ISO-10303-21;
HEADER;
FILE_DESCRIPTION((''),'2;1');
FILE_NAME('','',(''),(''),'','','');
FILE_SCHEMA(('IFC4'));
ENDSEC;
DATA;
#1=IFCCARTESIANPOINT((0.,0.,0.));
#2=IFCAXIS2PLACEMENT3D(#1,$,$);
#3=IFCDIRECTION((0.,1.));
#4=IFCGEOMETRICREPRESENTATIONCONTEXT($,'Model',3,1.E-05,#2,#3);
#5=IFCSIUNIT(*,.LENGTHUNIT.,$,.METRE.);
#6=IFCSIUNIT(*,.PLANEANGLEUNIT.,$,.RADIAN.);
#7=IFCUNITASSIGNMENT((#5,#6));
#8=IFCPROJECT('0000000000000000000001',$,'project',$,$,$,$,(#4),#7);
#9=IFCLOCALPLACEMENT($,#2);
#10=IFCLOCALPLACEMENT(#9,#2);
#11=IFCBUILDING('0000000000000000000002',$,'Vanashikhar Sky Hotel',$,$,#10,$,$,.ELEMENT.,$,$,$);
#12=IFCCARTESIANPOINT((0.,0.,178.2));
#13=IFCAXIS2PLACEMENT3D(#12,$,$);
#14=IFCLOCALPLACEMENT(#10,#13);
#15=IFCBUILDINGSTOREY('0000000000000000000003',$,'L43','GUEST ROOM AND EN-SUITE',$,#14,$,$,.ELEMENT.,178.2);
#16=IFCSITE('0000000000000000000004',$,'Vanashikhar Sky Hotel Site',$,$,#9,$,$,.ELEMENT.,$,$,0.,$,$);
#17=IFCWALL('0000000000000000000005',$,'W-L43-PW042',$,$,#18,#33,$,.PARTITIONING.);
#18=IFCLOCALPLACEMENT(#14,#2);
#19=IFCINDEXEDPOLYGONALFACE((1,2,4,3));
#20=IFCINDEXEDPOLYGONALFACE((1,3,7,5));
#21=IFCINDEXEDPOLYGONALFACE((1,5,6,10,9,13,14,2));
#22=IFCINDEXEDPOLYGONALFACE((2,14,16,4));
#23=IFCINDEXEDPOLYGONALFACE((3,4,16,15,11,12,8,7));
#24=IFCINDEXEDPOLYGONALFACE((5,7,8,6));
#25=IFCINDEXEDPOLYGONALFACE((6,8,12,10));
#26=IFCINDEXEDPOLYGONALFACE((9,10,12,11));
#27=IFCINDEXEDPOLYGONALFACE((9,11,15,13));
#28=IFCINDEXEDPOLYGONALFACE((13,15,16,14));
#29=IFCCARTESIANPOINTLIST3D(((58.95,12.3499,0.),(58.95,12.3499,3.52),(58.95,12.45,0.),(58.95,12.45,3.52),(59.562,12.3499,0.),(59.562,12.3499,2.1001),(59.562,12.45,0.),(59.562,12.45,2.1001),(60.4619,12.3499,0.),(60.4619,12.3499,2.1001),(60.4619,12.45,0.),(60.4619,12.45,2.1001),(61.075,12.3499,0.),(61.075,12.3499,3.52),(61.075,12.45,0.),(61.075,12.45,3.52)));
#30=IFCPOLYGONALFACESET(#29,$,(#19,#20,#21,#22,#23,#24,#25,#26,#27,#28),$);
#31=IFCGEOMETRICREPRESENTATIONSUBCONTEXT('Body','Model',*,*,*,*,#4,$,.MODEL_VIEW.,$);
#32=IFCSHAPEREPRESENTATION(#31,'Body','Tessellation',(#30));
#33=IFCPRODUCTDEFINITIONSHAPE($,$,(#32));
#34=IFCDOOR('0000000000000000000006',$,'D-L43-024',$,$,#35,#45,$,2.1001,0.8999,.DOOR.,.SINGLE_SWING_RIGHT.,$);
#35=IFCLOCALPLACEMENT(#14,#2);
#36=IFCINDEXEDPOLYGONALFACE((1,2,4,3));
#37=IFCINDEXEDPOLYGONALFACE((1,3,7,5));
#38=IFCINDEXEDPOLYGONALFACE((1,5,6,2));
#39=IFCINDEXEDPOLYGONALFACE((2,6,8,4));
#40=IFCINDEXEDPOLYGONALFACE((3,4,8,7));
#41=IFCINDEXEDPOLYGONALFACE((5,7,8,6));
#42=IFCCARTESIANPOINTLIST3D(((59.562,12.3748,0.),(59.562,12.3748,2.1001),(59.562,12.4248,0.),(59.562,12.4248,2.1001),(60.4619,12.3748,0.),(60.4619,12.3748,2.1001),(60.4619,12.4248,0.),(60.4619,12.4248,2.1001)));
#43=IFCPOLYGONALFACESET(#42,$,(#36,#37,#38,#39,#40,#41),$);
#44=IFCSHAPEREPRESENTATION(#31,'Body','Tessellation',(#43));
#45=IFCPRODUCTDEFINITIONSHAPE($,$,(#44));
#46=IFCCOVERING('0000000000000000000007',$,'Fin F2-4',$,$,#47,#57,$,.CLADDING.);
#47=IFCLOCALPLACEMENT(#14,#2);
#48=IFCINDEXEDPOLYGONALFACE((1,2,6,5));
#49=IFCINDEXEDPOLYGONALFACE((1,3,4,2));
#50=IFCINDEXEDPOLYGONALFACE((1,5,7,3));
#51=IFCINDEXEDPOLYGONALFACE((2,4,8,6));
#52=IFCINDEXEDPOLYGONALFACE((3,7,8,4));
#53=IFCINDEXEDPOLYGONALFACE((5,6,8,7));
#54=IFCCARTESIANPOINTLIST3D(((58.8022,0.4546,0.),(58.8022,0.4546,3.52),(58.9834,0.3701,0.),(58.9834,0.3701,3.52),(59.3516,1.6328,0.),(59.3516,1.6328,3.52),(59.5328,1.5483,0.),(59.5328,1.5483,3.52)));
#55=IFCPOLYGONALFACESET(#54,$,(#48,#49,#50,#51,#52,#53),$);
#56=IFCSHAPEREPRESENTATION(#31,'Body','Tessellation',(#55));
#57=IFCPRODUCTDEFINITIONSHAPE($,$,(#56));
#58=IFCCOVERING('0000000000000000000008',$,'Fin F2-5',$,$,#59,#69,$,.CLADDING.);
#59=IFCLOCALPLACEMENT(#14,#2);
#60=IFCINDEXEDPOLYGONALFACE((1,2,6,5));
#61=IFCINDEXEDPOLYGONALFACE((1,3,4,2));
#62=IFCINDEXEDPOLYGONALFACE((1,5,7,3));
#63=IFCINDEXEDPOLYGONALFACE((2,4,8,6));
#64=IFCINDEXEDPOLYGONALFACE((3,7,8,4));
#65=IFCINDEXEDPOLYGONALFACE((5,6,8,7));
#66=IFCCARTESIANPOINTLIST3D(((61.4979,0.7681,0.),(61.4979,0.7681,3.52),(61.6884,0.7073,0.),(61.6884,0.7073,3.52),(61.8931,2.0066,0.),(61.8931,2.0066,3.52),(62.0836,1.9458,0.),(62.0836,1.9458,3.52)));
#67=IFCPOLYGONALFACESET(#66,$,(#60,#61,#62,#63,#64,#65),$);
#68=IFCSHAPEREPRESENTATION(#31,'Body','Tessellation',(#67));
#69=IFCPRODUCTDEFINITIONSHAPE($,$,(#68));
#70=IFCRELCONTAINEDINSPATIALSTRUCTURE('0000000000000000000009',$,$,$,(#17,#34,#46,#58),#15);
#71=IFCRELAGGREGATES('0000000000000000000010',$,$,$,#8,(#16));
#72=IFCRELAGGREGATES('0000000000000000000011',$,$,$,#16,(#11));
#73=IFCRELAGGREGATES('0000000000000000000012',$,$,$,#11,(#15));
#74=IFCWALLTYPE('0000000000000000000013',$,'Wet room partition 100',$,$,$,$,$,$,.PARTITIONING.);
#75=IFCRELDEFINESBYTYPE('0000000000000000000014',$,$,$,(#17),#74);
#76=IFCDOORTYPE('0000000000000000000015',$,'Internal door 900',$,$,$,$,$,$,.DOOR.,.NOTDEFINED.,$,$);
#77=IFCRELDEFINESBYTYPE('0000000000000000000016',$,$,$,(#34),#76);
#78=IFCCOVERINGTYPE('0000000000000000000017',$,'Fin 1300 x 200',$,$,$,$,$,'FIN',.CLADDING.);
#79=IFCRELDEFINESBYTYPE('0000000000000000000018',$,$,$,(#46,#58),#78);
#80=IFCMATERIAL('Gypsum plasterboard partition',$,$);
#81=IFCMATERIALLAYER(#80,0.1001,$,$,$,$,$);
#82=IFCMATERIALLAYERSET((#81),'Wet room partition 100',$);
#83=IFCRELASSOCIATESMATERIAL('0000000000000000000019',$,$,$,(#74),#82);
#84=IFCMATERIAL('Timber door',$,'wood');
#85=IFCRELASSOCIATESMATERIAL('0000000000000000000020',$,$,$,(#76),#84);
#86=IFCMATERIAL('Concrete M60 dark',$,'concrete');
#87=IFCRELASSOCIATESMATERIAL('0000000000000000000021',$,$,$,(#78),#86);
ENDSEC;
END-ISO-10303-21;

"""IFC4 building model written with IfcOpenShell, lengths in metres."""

from ifc_helpers import new_model, si_unit, direction, frame, frame_2d, origin, origin_2d, place, context, subcontext, project, spatial, rectangle, extrude, source, transform, mapped, material, layer, layer_set, material_profile, profile_set, type_object, element, fill, save


model = new_model("IFC4")

# Units and contexts
model_context = context("Model", 3, precision=1e-05, world=origin(), true_north=direction((0.0, 1.0)))
body_context = subcontext(model_context, "Body", "Model", "MODEL_VIEW")
ifc_project = project(units=[si_unit("LENGTHUNIT", "METRE"), si_unit("PLANEANGLEUNIT", "RADIAN")], contexts=[model_context])

# Site, building, storey
site_placement = place(None, origin())
site = spatial("IfcSite", under=ifc_project, at=site_placement, Name="Vanashikhar Sky Hotel Site", CompositionType="ELEMENT", RefElevation=0.0)
building_placement = place(site_placement, origin())
building = spatial("IfcBuilding", under=site, at=building_placement, Name="Vanashikhar Sky Hotel", CompositionType="ELEMENT")
storey_placement = place(building_placement, frame((0.0, 0.0, 178.2)))
storey = spatial("IfcBuildingStorey", under=building, at=storey_placement, Name="L43", Description="GUEST ROOM AND EN-SUITE", CompositionType="ELEMENT", Elevation=178.2)

# Shared definitions
ifc_material_1 = material(Name="Gypsum plasterboard partition")

# Wall, opening, door
ifc_layer_1 = layer(ifc_material_1, 0.1001)
ifc_layer_set_1 = layer_set([ifc_layer_1], Name="Wet room partition 100")
wall_type_1 = type_object("IfcWallType", Name="Wet room partition 100", PredefinedType="PARTITIONING", material=ifc_layer_set_1)
shared_shape_1 = source(origin(), body_context, "Body", "SweptSolid", [
    extrude(rectangle(XDim=2.125, YDim=0.1001, at=frame_2d((1.0625, 0.0))), origin(), (0.0, 0.0, 1.0), 3.52),
])
wall_1_placement = place(storey_placement, frame((58.95, 12.3999, 0.0), z_axis=(0.0, 0.0, 1.0), x_axis=(1.0, 0.0, 0.0)))
wall_1 = element("IfcWall", 1, at=wall_1_placement, inside=storey, type_object=wall_type_1, Name="W-L43-PW042", PredefinedType="PARTITIONING", context=body_context, shape_type="MappedRepresentation", body=[
    mapped(shared_shape_1, transform((0.0, 0.0, 0.0), scale=1.0)),
])
shared_shape_2 = source(origin(), body_context, "Body", "SweptSolid", [
    extrude(rectangle(XDim=0.8999, YDim=2.1001, at=frame_2d((0.45, 1.05))), frame((0.0, 0.0601, 0.0), z_axis=(0.0, -1.0, 0.0), x_axis=(1.0, 0.0, 0.0)), (0.0, 0.0, 1.0), 0.1201),
])
opening_1_placement = place(wall_1_placement, frame((0.6121, 0.0, 0.0)))
opening_1 = element("IfcOpeningElement", 2, at=opening_1_placement, cuts=wall_1, PredefinedType="OPENING", context=body_context, shape_type="MappedRepresentation", body=[
    mapped(shared_shape_2, transform((0.0, 0.0, 0.0), scale=1.0)),
])
ifc_material_2 = material(Name="Timber door", Category="wood")
door_type = type_object("IfcDoorType", Name="Internal door 900", OperationType="NOTDEFINED", PredefinedType="DOOR", material=ifc_material_2)
shared_shape_3 = source(origin(), body_context, "Body", "SweptSolid", [
    extrude(rectangle(XDim=0.8999, YDim=2.1001, at=frame_2d((0.45, 1.05))), frame((0.0, 0.0249, 0.0), z_axis=(0.0, -1.0, 0.0), x_axis=(1.0, 0.0, 0.0)), (0.0, 0.0, 1.0), 0.05),
])
door_placement = place(opening_1_placement, origin())
door = element("IfcDoor", 3, at=door_placement, inside=storey, type_object=door_type, Name="D-L43-024", OperationType="SINGLE_SWING_RIGHT", OverallHeight=2.1001, OverallWidth=0.8999, PredefinedType="DOOR", context=body_context, shape_type="MappedRepresentation", body=[
    mapped(shared_shape_3, transform((0.0, 0.0, 0.0), scale=1.0)),
])
fill(opening_1, door)

# Coverings
ifc_material_3 = material(Name="Concrete M60 dark", Category="concrete")
ifc_material_profile = material_profile(ifc_material_3, rectangle(XDim=1.3, YDim=0.2, at=origin_2d()))
ifc_profile_set = profile_set([ifc_material_profile], Name="Fin 1300 x 200")
covering_type = type_object("IfcCoveringType", Name="Fin 1300 x 200", ElementType="FIN", PredefinedType="CLADDING", material=ifc_profile_set)
shared_shape_4 = source(origin(), body_context, "Body", "SweptSolid", [
    extrude(rectangle(XDim=1.3, YDim=0.2, at=origin_2d()), origin(), (0.0, 0.0, 1.0), 3.52),
])
for number, where, z_axis, x_axis, name in (
    (4, (59.1675, 1.0015, 0.0), (0.0, 0.0, 1.0), (-0.422618, -0.906308, 0.0), "Fin F2-4"),
    (5, (61.7908, 1.3569, 0.0), (0.0, 0.0, 1.0), (-0.303967, -0.952683, 0.0), "Fin F2-5"),
):
    element("IfcCovering", number, at=place(storey_placement, frame(where, z_axis=z_axis, x_axis=x_axis)), inside=storey, type_object=covering_type, Name=name, PredefinedType="CLADDING", context=body_context, shape_type="MappedRepresentation", body=[
        mapped(shared_shape_4, transform((0.0, 0.0, 0.0), scale=1.0)),
    ])

save(model, "model.ifc")
